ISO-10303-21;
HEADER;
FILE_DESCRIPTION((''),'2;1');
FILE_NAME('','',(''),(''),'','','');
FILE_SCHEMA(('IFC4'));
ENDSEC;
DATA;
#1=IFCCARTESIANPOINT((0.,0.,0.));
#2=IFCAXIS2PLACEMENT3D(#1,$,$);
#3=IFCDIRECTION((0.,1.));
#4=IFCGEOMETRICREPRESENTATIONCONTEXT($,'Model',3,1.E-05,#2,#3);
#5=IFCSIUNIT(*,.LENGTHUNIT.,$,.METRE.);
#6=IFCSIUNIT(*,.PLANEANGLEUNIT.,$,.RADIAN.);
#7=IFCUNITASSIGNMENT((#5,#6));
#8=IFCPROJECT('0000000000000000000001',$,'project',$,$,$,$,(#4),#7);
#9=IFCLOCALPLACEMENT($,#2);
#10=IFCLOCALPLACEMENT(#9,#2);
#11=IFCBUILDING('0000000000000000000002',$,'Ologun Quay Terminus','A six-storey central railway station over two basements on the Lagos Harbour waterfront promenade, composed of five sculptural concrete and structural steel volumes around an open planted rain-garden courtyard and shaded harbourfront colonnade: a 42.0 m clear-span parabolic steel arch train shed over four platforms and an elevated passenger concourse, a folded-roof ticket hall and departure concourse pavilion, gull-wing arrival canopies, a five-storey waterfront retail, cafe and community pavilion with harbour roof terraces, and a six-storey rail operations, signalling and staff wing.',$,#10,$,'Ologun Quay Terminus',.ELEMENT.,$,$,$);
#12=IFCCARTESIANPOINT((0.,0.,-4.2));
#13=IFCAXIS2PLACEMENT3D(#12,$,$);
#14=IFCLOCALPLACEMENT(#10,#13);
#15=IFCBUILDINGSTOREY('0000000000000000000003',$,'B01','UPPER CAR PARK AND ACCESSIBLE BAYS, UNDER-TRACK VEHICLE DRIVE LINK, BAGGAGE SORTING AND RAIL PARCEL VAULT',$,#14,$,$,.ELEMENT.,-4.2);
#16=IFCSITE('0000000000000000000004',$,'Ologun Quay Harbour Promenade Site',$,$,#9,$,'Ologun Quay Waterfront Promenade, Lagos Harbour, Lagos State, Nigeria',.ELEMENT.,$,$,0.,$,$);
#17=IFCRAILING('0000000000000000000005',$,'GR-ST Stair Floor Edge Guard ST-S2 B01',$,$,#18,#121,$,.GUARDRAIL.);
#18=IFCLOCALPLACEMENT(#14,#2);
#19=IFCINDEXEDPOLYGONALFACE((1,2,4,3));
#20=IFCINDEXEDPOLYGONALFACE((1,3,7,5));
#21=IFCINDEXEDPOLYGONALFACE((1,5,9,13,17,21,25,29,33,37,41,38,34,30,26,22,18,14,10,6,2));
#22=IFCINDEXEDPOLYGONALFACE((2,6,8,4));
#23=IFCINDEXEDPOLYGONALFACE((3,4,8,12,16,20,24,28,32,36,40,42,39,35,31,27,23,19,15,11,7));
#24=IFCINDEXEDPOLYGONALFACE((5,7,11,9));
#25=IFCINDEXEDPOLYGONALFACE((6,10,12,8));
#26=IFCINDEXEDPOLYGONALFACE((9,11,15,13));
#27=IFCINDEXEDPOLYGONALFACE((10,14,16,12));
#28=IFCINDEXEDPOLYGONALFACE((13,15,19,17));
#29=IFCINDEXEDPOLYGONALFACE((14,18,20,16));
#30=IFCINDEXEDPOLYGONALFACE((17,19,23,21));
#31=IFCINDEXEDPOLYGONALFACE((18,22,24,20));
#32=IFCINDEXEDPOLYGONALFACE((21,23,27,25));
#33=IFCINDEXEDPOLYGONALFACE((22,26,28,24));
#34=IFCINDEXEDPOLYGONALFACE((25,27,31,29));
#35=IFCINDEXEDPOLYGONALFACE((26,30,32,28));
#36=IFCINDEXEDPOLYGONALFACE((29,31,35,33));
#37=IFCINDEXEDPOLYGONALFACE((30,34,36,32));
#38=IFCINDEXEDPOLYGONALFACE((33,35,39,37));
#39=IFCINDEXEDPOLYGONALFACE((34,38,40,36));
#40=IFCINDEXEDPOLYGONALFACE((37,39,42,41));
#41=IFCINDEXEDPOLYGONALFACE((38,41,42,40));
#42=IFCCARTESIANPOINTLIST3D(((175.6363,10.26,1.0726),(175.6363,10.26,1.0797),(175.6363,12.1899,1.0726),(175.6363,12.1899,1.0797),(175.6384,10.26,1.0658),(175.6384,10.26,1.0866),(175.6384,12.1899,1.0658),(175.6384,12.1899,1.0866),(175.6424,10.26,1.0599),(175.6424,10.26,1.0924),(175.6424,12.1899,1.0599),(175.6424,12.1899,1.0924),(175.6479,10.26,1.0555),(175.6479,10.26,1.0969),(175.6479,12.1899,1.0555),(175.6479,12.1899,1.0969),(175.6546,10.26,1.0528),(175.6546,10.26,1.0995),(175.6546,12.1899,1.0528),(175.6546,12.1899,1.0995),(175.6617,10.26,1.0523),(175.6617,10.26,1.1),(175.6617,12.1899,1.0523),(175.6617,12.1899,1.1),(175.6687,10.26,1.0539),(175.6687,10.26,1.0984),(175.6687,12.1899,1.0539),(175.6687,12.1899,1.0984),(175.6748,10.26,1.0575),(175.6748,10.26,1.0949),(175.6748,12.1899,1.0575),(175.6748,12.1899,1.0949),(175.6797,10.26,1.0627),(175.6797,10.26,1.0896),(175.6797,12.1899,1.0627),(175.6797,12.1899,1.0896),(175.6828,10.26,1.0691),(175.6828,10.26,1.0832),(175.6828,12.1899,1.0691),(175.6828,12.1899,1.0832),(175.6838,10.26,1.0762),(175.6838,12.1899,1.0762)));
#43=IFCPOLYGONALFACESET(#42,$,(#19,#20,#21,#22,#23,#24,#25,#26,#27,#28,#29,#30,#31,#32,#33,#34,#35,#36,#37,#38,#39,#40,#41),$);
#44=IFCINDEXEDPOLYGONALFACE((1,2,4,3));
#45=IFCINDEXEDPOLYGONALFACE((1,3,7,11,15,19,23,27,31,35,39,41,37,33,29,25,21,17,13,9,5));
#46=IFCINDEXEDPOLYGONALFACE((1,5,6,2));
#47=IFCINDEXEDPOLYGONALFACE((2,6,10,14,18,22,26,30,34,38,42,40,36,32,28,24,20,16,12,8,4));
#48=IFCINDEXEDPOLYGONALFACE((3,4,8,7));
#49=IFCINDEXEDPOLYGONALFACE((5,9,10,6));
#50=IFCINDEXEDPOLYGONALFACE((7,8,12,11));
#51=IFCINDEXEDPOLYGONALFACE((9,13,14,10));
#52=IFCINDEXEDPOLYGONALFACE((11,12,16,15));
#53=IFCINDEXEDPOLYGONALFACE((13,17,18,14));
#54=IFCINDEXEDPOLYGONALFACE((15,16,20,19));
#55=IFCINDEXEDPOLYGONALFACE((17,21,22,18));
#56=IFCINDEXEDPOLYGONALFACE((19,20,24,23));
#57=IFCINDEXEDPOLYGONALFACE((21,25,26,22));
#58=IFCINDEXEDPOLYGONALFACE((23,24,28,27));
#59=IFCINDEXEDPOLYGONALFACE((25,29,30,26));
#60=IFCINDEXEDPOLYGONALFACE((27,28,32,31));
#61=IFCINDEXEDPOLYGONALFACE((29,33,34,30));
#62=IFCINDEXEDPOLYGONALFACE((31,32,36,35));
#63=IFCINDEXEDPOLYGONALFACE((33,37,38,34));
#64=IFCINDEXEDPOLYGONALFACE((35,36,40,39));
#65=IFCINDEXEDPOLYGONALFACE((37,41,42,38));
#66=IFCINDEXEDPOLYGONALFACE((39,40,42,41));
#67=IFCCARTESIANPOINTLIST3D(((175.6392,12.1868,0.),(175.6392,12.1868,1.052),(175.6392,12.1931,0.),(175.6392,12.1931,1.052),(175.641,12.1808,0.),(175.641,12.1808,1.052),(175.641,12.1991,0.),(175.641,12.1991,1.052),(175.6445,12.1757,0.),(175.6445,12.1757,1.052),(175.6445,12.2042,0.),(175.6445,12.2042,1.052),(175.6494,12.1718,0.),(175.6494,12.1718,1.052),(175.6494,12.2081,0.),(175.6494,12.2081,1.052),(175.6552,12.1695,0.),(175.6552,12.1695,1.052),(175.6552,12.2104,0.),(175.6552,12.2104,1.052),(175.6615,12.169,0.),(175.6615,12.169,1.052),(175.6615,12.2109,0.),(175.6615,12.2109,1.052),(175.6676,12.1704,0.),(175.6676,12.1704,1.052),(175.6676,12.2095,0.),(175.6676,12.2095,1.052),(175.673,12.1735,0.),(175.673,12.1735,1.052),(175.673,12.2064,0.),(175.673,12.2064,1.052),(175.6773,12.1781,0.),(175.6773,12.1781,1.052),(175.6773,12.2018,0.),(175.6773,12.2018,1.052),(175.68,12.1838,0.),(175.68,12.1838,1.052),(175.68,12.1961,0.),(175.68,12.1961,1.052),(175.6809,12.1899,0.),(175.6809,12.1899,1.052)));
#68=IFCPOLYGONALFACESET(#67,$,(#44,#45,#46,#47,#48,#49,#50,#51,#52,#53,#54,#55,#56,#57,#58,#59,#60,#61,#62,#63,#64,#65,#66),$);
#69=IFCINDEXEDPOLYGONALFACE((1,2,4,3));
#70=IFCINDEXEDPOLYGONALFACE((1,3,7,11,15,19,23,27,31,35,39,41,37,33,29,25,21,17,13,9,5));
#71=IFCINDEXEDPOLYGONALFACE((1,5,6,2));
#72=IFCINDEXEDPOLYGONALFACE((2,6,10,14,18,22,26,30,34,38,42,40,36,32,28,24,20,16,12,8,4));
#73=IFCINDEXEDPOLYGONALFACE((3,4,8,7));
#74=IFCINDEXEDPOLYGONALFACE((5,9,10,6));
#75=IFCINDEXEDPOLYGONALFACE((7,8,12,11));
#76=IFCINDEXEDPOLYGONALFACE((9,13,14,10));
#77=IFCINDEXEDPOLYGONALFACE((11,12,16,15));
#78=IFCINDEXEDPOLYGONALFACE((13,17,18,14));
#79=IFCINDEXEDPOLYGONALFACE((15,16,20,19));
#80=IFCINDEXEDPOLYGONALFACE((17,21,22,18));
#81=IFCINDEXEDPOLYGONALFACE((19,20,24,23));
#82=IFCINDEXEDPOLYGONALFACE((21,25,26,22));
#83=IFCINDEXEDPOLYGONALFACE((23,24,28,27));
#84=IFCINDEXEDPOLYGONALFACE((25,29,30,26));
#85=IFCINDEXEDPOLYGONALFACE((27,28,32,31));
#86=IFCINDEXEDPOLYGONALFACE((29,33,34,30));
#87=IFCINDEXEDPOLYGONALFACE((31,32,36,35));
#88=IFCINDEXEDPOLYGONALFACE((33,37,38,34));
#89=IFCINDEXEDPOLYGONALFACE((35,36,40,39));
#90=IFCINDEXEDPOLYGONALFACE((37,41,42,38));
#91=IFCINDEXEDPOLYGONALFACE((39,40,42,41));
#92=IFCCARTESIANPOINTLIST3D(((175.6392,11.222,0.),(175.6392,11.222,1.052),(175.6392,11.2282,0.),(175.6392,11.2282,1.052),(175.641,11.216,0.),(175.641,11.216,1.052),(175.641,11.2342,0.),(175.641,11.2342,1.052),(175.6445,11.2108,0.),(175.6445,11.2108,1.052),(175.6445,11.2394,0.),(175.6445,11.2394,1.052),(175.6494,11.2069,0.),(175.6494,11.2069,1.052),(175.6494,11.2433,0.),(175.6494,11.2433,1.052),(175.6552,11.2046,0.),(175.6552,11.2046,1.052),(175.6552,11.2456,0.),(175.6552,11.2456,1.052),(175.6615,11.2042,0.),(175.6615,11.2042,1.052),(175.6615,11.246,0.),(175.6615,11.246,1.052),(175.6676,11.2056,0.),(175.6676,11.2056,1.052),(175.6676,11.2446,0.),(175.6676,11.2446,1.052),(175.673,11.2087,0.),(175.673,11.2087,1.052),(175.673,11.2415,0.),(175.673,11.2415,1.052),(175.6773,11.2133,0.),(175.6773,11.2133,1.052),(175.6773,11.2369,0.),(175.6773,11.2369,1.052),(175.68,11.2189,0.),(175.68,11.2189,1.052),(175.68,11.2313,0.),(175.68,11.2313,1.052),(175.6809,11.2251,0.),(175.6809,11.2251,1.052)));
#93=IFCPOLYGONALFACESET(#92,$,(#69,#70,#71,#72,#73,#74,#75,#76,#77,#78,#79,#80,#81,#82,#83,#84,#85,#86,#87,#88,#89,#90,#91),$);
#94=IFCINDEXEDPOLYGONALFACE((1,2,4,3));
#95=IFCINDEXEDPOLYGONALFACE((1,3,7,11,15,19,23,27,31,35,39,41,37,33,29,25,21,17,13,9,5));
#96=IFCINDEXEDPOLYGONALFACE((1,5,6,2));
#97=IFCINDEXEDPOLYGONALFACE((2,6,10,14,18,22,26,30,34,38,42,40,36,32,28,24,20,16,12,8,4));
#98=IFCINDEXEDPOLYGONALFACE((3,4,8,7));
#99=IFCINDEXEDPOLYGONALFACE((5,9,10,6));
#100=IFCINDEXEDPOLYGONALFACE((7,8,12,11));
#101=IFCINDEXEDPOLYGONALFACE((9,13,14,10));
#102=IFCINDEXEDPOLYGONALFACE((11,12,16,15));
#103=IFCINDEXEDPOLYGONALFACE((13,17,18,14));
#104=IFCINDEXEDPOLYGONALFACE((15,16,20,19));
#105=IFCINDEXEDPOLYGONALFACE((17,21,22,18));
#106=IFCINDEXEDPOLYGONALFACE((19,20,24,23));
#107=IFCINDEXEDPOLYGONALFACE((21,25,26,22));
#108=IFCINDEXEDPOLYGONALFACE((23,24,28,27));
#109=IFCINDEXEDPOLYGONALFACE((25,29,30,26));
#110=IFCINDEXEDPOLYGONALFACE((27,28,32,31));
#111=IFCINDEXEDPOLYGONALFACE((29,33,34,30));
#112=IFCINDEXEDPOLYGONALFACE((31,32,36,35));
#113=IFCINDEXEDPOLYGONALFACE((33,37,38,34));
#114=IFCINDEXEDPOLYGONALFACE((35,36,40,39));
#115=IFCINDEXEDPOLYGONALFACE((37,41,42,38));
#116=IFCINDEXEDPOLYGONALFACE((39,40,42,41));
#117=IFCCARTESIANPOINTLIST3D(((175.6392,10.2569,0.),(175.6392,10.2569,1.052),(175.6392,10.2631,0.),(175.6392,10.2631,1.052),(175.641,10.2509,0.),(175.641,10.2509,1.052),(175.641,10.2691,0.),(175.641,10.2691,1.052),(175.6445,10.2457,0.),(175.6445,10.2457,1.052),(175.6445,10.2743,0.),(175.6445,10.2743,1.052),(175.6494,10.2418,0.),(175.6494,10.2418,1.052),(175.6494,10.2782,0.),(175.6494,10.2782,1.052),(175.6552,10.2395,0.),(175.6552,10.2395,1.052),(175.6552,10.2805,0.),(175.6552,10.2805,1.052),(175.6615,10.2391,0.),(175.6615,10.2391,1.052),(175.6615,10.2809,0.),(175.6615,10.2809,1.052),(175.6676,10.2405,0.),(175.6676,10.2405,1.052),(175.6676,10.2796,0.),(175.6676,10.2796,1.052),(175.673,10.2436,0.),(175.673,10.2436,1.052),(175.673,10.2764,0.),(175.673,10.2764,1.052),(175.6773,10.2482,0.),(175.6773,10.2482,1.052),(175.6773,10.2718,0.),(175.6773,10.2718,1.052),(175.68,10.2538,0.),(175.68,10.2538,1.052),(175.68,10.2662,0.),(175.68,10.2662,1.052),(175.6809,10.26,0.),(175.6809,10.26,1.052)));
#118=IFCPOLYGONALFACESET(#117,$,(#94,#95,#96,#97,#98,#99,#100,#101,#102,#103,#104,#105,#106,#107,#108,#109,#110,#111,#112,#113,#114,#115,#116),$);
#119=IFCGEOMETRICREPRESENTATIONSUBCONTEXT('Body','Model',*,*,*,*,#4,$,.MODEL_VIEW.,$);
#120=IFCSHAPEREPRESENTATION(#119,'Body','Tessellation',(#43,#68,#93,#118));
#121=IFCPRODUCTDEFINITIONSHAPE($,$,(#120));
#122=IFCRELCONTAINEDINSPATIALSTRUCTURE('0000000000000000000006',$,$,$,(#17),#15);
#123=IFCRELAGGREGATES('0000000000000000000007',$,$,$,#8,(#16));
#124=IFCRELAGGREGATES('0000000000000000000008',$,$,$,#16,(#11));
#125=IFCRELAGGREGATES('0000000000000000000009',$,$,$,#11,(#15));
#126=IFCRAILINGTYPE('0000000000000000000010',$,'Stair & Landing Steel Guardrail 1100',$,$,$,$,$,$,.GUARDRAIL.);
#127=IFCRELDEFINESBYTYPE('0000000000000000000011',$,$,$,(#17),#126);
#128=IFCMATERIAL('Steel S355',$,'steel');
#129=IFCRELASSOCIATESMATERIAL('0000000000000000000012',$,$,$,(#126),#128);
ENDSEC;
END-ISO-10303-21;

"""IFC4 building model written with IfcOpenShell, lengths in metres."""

from ifc_helpers import new_model, si_unit, direction, frame, origin, origin_2d, place, context, subcontext, project, spatial, circle, extrude, material, type_object, element, save


model = new_model("IFC4")

# Units and contexts
model_context = context("Model", 3, precision=1e-05, world=origin(), true_north=direction((0.0, 1.0)))
body_context = subcontext(model_context, "Body", "Model", "MODEL_VIEW")
ifc_project = project(units=[si_unit("LENGTHUNIT", "METRE"), si_unit("PLANEANGLEUNIT", "RADIAN")], contexts=[model_context])

# Site, building, storey
site_placement = place(None, origin())
site = spatial("IfcSite", under=ifc_project, at=site_placement, Name="Ologun Quay Harbour Promenade Site", LongName="Ologun Quay Waterfront Promenade, Lagos Harbour, Lagos State, Nigeria", CompositionType="ELEMENT", RefElevation=0.0)
building_placement = place(site_placement, origin())
building = spatial("IfcBuilding", under=site, at=building_placement, Name="Ologun Quay Terminus", Description="A six-storey central railway station over two basements on the Lagos Harbour waterfront promenade, composed of five sculptural concrete and structural steel volumes around an open planted rain-garden courtyard and shaded harbourfront colonnade: a 42.0 m clear-span parabolic steel arch train shed over four platforms and an elevated passenger concourse, a folded-roof ticket hall and departure concourse pavilion, gull-wing arrival canopies, a five-storey waterfront retail, cafe and community pavilion with harbour roof terraces, and a six-storey rail operations, signalling and staff wing.", LongName="Ologun Quay Terminus", CompositionType="ELEMENT")
storey_placement = place(building_placement, frame((0.0, 0.0, -4.2)))
storey = spatial("IfcBuildingStorey", under=building, at=storey_placement, Name="B01", Description="UPPER CAR PARK AND ACCESSIBLE BAYS, UNDER-TRACK VEHICLE DRIVE LINK, BAGGAGE SORTING AND RAIL PARCEL VAULT", CompositionType="ELEMENT", Elevation=-4.2)

# Railing
ifc_material_1 = material(Name="Steel S355", Category="steel")
railing_type_1 = type_object("IfcRailingType", Name="Stair & Landing Steel Guardrail 1100", PredefinedType="GUARDRAIL", material=ifc_material_1)
railing_1_placement = place(storey_placement, frame((175.6599, 12.1899, 0.0)))
element("IfcRailing", 1, at=railing_1_placement, inside=storey, type_object=railing_type_1, Name="GR-ST Stair Floor Edge Guard ST-S2 B01", PredefinedType="GUARDRAIL", context=body_context, shape_type="SweptSolid", body=[
    extrude(circle(Radius=0.0239, at=origin_2d()), frame((0.0, 0.0, 1.0762), z_axis=(0.0, -1.0, 0.0), x_axis=(1.0, 0.0, 0.0)), (0.0, 0.0, 1.0), 1.9299),
    extrude(circle(Radius=0.021, at=origin_2d()), origin(), (0.0, 0.0, 1.0), 1.052),
    extrude(circle(Radius=0.021, at=origin_2d()), frame((0.0, -0.9648, 0.0)), (0.0, 0.0, 1.0), 1.052),
    extrude(circle(Radius=0.021, at=origin_2d()), frame((0.0, -1.9299, 0.0)), (0.0, 0.0, 1.0), 1.052),
])

save(model, "model.ifc")
